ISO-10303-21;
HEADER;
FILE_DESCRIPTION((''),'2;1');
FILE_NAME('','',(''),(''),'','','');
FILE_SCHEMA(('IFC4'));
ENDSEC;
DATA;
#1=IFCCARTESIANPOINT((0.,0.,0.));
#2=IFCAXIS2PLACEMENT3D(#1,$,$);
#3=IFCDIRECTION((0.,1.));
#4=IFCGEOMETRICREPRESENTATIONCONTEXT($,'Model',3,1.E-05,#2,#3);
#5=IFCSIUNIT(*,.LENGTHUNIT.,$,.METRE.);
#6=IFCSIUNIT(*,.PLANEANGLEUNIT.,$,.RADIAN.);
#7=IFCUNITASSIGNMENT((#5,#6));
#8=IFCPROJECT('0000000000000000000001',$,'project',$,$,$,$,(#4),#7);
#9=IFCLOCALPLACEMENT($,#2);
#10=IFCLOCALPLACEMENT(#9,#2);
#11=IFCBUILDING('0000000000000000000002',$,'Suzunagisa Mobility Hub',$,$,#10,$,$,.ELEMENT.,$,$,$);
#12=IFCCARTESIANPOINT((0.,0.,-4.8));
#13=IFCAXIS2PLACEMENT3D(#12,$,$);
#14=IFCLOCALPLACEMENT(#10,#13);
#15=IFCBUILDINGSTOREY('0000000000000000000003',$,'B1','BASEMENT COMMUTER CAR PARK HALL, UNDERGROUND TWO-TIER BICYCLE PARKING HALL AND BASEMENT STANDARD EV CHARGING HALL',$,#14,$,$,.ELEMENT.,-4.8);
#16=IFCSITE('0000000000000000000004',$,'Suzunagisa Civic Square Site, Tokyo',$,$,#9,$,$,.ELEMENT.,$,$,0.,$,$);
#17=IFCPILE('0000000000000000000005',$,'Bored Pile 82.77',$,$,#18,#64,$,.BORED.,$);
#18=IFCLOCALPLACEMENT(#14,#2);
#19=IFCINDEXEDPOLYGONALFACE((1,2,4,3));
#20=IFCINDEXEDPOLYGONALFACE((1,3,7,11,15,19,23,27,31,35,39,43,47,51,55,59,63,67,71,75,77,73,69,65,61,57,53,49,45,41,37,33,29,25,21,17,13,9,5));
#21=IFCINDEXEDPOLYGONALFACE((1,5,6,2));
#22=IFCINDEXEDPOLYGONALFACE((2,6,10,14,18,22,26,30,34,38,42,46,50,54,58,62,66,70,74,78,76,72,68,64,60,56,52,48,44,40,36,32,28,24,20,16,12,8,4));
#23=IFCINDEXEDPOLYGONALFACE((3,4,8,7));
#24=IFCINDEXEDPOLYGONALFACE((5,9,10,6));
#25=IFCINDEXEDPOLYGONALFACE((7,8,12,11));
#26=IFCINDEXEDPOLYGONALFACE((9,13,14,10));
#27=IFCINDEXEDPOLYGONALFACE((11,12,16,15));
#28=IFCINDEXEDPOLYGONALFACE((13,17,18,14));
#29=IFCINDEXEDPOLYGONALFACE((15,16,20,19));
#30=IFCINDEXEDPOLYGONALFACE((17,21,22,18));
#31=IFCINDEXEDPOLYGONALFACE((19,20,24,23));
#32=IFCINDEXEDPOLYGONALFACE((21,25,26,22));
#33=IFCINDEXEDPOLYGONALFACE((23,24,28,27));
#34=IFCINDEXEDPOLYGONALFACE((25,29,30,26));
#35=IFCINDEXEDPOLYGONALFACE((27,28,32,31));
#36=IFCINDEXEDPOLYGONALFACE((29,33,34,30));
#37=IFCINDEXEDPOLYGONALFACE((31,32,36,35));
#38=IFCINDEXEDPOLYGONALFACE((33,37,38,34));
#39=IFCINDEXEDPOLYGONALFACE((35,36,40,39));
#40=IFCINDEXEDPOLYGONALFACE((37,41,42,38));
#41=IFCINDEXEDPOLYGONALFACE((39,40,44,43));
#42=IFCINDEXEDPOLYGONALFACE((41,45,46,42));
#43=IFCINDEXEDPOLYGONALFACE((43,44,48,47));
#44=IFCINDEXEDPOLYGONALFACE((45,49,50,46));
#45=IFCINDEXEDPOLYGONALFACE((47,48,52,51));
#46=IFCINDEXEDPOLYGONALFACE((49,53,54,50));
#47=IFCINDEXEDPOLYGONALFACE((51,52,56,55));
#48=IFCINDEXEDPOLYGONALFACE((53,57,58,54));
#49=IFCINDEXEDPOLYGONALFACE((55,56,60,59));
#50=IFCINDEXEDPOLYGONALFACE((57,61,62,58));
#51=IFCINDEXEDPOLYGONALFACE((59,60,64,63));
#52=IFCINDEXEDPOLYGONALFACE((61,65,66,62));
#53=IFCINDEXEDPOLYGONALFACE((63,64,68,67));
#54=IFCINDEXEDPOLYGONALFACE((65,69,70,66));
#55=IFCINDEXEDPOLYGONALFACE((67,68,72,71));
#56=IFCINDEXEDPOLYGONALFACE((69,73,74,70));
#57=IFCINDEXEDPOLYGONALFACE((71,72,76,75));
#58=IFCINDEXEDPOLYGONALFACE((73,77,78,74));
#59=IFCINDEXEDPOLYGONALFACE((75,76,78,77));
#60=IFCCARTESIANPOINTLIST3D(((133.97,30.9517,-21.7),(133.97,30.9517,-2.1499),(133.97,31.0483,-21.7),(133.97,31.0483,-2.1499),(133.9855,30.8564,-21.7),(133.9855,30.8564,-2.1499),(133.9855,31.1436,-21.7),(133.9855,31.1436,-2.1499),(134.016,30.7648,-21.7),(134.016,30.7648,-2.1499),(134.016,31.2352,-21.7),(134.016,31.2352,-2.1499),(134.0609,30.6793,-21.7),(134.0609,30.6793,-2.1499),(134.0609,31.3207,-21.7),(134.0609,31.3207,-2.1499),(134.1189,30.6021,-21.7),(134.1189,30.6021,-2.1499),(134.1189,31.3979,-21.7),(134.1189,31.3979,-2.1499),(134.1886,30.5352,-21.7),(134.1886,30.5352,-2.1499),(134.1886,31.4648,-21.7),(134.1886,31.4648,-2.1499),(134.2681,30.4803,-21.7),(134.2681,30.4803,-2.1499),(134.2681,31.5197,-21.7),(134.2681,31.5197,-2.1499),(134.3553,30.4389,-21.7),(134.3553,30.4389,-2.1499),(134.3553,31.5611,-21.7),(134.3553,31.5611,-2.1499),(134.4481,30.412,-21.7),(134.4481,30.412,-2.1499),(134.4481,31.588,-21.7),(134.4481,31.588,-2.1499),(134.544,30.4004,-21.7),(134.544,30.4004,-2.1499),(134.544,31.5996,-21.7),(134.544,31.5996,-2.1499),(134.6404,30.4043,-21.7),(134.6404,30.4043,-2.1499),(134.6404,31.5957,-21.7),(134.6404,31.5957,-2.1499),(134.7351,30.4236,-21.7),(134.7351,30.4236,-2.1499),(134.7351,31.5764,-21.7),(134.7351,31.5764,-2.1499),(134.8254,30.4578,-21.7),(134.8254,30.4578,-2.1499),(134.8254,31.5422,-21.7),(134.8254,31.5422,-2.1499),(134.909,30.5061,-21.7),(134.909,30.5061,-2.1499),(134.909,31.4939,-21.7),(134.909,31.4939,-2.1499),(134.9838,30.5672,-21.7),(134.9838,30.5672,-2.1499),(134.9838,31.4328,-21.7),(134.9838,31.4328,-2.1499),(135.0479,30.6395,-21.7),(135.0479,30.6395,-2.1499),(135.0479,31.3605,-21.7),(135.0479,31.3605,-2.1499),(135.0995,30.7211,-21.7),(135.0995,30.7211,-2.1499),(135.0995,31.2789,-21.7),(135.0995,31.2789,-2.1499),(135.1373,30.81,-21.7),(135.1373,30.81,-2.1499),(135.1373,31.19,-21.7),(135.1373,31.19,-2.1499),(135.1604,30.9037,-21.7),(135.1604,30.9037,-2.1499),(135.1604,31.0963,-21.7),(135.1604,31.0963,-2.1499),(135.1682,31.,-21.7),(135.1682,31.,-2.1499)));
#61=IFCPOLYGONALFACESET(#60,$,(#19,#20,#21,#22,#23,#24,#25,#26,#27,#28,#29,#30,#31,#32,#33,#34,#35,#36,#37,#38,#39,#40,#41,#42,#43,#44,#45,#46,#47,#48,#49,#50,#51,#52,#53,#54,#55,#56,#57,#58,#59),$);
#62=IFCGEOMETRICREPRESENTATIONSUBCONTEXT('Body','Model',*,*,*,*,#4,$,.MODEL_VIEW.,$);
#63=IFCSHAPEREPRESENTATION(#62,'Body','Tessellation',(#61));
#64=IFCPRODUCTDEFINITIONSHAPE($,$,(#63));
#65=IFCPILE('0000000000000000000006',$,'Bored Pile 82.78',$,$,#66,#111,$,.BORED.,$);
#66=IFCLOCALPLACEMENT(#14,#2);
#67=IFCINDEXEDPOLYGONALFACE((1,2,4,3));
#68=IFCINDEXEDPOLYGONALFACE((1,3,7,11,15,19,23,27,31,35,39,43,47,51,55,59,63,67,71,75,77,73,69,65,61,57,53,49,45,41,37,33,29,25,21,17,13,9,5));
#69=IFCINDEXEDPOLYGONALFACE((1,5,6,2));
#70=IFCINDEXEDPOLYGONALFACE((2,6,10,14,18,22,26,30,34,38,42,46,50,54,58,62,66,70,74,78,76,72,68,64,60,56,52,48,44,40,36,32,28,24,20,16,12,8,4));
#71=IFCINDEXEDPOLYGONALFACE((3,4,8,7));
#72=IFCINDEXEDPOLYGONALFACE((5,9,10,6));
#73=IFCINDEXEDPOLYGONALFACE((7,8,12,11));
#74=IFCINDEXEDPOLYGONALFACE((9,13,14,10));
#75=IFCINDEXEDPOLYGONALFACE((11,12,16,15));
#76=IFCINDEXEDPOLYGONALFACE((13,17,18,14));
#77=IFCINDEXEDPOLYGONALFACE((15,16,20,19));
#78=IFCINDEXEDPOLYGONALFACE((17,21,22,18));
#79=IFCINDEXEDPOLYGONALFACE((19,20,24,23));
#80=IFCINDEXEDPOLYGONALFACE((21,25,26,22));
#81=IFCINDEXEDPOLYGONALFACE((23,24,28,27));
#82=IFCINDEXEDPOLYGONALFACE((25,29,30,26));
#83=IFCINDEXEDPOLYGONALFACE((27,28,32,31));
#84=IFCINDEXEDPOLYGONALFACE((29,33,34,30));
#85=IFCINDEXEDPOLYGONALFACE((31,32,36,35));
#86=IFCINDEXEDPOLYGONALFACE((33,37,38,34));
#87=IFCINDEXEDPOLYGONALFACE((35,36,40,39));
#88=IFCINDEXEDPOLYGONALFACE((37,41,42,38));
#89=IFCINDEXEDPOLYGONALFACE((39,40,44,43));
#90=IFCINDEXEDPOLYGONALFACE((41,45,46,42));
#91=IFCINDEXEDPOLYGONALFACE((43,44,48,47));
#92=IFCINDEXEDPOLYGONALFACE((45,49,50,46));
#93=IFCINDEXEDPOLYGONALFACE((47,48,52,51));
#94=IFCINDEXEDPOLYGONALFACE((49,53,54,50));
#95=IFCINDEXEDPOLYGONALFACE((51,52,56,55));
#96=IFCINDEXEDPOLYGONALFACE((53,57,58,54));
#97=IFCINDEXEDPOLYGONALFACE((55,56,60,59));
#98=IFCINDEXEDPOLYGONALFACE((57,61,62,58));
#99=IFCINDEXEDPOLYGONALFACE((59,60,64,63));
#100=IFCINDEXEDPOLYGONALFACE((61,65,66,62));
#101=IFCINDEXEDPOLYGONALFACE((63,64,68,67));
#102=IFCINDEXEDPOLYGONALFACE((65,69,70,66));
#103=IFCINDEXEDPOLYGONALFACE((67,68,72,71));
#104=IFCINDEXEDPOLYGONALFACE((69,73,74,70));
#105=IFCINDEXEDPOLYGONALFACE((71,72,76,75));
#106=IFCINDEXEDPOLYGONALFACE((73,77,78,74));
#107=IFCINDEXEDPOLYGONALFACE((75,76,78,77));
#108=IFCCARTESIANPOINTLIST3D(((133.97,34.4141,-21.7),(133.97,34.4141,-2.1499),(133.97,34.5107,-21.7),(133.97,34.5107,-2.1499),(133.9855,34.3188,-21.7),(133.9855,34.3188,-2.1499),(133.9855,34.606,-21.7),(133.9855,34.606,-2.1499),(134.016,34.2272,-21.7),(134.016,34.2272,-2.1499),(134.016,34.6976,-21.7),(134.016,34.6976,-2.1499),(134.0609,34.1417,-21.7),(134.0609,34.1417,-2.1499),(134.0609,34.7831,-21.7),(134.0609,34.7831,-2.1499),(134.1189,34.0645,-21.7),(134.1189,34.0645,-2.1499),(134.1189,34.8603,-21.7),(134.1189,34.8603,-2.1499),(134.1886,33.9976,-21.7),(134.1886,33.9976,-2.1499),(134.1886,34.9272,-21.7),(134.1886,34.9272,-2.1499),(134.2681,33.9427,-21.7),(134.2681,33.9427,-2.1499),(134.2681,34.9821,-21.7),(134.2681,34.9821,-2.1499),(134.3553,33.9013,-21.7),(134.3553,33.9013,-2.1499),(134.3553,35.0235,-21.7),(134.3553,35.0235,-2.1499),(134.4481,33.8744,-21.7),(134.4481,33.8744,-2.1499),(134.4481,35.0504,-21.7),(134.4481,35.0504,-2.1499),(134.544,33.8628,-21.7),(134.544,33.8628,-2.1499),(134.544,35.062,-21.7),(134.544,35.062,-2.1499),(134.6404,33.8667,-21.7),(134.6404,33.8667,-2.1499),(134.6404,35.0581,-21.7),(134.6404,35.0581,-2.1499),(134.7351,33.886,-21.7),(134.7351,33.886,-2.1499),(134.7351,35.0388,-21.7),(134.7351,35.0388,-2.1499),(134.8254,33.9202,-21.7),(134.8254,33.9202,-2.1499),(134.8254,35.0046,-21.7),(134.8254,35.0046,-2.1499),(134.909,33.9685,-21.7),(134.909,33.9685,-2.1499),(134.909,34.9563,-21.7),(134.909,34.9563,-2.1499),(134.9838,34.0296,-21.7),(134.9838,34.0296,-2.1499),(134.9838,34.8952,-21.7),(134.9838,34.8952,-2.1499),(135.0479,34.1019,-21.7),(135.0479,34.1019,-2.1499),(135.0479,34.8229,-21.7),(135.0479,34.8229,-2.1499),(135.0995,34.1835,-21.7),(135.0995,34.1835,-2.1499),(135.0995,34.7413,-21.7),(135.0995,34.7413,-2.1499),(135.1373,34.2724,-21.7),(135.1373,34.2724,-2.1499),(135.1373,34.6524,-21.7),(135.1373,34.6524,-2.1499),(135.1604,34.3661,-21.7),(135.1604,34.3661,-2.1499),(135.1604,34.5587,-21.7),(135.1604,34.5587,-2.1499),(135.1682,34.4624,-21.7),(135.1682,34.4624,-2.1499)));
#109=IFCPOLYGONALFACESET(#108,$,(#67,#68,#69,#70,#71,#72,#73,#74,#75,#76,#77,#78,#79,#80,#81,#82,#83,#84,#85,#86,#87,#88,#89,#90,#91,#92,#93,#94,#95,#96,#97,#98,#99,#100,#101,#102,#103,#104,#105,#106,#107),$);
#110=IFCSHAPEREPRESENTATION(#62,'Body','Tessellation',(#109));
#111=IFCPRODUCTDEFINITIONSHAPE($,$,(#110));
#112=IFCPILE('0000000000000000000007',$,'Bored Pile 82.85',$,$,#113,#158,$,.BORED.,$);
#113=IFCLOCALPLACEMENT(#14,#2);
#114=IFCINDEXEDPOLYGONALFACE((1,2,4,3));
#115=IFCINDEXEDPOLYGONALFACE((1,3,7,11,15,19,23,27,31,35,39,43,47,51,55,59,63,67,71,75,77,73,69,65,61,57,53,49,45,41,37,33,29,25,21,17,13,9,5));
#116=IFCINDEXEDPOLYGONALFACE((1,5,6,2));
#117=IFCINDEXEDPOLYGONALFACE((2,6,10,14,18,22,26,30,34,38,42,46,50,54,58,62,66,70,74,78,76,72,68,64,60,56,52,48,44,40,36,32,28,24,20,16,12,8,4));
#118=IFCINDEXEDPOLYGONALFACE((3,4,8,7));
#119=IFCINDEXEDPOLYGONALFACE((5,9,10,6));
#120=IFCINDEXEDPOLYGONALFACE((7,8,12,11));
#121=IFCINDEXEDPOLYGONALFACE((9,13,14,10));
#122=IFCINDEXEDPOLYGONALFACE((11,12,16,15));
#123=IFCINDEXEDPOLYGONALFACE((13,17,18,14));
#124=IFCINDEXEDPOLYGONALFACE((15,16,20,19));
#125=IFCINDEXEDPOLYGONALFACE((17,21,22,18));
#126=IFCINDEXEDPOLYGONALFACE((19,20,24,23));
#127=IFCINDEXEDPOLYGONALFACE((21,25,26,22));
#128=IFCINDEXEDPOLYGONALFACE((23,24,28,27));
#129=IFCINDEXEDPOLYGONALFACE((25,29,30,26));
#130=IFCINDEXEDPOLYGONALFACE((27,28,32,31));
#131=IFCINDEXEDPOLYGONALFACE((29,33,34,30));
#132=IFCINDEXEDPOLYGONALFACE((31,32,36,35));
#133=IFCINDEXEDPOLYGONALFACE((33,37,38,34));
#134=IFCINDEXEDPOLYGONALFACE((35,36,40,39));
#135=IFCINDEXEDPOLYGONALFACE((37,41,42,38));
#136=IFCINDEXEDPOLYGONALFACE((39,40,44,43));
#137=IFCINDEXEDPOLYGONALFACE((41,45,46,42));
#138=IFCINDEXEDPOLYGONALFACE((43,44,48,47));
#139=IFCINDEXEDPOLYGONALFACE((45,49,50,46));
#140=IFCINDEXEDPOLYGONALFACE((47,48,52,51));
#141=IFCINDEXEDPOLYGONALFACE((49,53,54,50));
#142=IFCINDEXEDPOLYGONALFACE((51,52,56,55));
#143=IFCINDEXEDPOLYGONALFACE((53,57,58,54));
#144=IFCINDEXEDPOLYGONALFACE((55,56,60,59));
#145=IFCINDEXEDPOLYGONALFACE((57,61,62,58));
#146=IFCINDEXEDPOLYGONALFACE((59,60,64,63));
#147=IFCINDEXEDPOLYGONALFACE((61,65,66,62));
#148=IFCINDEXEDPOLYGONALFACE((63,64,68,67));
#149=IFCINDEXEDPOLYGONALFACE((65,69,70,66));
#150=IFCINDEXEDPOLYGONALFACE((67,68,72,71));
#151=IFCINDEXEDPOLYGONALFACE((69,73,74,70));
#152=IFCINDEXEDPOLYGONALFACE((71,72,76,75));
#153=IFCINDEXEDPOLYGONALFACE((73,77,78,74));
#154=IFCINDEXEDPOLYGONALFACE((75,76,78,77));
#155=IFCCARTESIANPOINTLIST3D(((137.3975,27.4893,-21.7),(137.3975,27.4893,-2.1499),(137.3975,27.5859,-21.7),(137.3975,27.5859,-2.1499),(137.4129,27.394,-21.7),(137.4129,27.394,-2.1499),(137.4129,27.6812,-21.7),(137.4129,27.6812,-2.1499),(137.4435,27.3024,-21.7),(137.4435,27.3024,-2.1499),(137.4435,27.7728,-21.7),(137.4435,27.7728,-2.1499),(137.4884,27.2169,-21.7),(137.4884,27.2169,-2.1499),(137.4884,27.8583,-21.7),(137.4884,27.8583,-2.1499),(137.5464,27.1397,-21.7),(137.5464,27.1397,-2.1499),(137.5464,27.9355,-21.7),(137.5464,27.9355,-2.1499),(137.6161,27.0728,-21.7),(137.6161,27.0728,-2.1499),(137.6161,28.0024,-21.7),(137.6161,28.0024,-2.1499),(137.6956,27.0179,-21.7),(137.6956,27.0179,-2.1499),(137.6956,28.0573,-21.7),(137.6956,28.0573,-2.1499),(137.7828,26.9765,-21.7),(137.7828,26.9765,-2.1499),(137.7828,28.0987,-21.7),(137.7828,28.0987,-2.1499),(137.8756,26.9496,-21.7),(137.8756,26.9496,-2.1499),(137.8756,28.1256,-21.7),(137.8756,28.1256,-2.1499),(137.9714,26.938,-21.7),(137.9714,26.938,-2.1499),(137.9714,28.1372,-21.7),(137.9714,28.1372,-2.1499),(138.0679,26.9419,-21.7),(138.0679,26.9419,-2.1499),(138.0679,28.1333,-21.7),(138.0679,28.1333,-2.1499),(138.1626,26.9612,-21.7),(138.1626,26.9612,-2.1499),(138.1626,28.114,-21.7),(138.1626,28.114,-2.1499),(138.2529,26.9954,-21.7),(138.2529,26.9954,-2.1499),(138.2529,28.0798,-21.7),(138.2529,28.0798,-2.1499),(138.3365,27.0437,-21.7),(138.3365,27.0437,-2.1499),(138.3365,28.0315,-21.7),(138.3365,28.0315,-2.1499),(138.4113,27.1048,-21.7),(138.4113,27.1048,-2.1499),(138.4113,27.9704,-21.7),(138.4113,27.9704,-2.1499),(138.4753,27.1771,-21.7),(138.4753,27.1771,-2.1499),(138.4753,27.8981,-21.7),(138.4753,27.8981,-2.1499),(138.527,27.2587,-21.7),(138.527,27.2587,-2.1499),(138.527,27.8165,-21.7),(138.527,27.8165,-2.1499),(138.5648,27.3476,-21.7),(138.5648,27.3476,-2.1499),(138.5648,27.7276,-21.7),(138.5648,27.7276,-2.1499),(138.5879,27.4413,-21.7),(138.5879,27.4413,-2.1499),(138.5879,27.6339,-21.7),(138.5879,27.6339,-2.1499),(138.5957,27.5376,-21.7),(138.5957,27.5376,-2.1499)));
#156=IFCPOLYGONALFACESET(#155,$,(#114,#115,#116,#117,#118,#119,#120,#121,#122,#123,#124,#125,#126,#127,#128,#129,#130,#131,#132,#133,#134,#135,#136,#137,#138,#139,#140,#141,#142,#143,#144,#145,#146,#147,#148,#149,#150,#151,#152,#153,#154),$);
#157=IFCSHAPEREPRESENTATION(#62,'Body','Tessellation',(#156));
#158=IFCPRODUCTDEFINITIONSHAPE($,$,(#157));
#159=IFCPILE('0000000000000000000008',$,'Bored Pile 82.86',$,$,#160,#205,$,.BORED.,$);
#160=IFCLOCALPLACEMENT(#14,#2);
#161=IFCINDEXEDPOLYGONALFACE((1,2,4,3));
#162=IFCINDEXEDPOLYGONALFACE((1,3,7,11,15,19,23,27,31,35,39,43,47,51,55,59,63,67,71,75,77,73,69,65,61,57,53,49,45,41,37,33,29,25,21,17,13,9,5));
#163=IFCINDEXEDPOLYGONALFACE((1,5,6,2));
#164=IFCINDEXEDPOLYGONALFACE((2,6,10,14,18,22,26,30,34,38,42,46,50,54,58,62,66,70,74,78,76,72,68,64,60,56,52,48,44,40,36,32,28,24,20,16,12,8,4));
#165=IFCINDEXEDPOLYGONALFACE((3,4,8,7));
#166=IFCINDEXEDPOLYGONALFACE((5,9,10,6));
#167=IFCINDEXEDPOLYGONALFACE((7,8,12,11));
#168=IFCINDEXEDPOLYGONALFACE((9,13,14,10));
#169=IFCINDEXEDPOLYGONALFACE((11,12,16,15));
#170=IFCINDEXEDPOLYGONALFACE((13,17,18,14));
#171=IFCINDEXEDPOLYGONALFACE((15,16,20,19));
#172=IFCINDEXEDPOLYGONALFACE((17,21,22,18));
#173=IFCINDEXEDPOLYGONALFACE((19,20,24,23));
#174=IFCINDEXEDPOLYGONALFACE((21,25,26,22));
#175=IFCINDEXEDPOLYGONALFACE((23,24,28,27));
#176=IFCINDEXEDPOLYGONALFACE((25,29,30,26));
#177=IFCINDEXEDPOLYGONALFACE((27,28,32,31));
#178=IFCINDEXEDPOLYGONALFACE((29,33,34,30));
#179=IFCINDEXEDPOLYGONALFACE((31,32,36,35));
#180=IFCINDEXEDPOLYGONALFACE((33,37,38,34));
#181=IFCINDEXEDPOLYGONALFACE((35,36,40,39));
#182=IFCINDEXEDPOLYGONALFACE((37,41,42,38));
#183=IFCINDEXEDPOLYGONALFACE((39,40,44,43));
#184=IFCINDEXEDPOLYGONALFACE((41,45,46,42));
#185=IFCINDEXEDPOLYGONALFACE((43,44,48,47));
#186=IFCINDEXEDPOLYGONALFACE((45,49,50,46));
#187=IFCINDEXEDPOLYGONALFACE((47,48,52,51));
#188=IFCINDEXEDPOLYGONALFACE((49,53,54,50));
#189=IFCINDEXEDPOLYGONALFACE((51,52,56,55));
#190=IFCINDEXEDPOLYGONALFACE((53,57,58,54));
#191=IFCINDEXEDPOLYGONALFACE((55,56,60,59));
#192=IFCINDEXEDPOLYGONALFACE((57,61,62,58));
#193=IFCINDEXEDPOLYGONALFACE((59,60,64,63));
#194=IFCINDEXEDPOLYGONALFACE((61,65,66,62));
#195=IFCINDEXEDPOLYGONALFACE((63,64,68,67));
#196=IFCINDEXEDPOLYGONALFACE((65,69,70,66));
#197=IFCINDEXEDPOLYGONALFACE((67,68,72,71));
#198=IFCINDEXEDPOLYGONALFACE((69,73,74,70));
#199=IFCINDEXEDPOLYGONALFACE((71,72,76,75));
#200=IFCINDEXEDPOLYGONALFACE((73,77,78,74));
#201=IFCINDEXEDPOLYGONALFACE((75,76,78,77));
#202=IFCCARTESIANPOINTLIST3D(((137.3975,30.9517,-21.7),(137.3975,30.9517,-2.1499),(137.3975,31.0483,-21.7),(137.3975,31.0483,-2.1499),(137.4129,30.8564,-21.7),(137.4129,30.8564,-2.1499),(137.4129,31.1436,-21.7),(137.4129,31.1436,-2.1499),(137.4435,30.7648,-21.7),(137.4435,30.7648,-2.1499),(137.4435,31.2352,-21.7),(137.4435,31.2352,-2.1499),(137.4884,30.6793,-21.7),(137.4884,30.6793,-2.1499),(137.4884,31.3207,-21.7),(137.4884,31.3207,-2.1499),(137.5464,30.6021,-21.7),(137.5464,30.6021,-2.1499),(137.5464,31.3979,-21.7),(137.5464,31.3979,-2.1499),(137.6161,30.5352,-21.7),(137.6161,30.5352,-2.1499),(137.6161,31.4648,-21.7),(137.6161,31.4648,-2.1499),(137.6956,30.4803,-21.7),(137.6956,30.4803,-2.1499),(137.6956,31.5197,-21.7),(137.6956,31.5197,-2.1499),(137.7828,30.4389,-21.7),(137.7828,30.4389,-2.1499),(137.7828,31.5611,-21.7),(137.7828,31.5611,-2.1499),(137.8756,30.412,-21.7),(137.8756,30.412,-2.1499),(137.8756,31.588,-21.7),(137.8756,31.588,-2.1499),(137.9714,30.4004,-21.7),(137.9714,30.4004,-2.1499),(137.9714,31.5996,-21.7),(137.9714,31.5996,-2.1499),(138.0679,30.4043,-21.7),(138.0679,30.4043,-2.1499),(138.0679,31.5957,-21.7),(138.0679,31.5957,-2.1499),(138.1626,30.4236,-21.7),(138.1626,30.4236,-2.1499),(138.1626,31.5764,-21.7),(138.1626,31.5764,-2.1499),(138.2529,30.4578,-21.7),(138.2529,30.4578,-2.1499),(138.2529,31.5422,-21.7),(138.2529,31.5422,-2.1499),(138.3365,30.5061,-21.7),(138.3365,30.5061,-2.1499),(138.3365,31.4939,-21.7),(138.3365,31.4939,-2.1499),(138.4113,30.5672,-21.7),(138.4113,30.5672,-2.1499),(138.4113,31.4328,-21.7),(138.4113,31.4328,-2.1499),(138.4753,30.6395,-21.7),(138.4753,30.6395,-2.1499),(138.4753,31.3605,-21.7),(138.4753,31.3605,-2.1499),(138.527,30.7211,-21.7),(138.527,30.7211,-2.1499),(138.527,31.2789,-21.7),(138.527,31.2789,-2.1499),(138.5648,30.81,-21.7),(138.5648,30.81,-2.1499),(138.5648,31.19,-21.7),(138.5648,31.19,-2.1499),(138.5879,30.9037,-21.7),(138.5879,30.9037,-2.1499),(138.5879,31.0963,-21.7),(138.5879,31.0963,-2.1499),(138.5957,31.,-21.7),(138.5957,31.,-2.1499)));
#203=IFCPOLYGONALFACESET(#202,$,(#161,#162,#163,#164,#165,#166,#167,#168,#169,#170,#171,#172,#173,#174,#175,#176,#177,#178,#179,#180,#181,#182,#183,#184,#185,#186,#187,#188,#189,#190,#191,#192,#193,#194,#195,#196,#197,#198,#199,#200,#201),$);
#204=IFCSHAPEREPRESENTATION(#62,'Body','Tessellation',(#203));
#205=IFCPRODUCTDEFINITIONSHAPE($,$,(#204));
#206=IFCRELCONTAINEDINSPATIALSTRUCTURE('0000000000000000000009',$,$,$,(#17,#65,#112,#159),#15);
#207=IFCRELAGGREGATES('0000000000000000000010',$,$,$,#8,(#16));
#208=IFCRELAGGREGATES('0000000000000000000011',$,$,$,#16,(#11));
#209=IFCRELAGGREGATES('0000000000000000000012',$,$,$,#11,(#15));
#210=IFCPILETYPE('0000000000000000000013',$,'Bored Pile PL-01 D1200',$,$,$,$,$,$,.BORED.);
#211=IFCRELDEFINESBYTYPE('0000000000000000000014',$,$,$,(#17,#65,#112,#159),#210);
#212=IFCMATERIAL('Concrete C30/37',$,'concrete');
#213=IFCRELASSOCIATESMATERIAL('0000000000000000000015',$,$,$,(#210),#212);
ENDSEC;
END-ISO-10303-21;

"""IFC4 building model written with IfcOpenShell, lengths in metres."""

from ifc_helpers import new_model, si_unit, direction, frame, origin, origin_2d, place, context, subcontext, project, spatial, circle, extrude, material, material_profile, profile_set, type_object, element, save


model = new_model("IFC4")

# Units and contexts
model_context = context("Model", 3, precision=1e-05, world=origin(), true_north=direction((0.0, 1.0)))
body_context = subcontext(model_context, "Body", "Model", "MODEL_VIEW")
ifc_project = project(units=[si_unit("LENGTHUNIT", "METRE"), si_unit("PLANEANGLEUNIT", "RADIAN")], contexts=[model_context])

# Site, building, storey
site_placement = place(None, origin())
site = spatial("IfcSite", under=ifc_project, at=site_placement, Name="Suzunagisa Civic Square Site, Tokyo", CompositionType="ELEMENT", RefElevation=0.0)
building_placement = place(site_placement, origin())
building = spatial("IfcBuilding", under=site, at=building_placement, Name="Suzunagisa Mobility Hub", CompositionType="ELEMENT")
storey_placement = place(building_placement, frame((0.0, 0.0, -4.8)))
storey = spatial("IfcBuildingStorey", under=building, at=storey_placement, Name="B1", Description="BASEMENT COMMUTER CAR PARK HALL, UNDERGROUND TWO-TIER BICYCLE PARKING HALL AND BASEMENT STANDARD EV CHARGING HALL", CompositionType="ELEMENT", Elevation=-4.8)

# Piles
ifc_material_1 = material(Name="Concrete C30/37", Category="concrete")
ifc_material_profile_1 = material_profile(ifc_material_1, circle(Radius=0.6001, at=origin_2d()), Name="BORED PILE D1200")
ifc_profile_set_1 = profile_set([ifc_material_profile_1], Name="Concrete C30/37")
pile_type = type_object("IfcPileType", Name="Bored Pile PL-01 D1200", PredefinedType="BORED", material=ifc_profile_set_1)
for number, where, z_axis, x_axis, name in (
    (1, (134.5681, 31.0, -2.1499), (0.0, 0.0, -1.0), (1.0, 0.0, 0.0), "Bored Pile 82.77"),
    (2, (134.5681, 34.4624, -2.1499), (0.0, 0.0, -1.0), (1.0, 0.0, 0.0), "Bored Pile 82.78"),
    (3, (137.9956, 27.5376, -2.1499), (0.0, 0.0, -1.0), (1.0, 0.0, 0.0), "Bored Pile 82.85"),
    (4, (137.9956, 31.0, -2.1499), (0.0, 0.0, -1.0), (1.0, 0.0, 0.0), "Bored Pile 82.86"),
):
    element("IfcPile", number, at=place(storey_placement, frame(where, z_axis=z_axis, x_axis=x_axis)), inside=storey, type_object=pile_type, Name=name, PredefinedType="BORED", context=body_context, shape_type="SweptSolid", body=[
        extrude(circle(Radius=0.6001, at=origin_2d()), origin(), (0.0, 0.0, 1.0), 19.55),
    ])

save(model, "model.ifc")
